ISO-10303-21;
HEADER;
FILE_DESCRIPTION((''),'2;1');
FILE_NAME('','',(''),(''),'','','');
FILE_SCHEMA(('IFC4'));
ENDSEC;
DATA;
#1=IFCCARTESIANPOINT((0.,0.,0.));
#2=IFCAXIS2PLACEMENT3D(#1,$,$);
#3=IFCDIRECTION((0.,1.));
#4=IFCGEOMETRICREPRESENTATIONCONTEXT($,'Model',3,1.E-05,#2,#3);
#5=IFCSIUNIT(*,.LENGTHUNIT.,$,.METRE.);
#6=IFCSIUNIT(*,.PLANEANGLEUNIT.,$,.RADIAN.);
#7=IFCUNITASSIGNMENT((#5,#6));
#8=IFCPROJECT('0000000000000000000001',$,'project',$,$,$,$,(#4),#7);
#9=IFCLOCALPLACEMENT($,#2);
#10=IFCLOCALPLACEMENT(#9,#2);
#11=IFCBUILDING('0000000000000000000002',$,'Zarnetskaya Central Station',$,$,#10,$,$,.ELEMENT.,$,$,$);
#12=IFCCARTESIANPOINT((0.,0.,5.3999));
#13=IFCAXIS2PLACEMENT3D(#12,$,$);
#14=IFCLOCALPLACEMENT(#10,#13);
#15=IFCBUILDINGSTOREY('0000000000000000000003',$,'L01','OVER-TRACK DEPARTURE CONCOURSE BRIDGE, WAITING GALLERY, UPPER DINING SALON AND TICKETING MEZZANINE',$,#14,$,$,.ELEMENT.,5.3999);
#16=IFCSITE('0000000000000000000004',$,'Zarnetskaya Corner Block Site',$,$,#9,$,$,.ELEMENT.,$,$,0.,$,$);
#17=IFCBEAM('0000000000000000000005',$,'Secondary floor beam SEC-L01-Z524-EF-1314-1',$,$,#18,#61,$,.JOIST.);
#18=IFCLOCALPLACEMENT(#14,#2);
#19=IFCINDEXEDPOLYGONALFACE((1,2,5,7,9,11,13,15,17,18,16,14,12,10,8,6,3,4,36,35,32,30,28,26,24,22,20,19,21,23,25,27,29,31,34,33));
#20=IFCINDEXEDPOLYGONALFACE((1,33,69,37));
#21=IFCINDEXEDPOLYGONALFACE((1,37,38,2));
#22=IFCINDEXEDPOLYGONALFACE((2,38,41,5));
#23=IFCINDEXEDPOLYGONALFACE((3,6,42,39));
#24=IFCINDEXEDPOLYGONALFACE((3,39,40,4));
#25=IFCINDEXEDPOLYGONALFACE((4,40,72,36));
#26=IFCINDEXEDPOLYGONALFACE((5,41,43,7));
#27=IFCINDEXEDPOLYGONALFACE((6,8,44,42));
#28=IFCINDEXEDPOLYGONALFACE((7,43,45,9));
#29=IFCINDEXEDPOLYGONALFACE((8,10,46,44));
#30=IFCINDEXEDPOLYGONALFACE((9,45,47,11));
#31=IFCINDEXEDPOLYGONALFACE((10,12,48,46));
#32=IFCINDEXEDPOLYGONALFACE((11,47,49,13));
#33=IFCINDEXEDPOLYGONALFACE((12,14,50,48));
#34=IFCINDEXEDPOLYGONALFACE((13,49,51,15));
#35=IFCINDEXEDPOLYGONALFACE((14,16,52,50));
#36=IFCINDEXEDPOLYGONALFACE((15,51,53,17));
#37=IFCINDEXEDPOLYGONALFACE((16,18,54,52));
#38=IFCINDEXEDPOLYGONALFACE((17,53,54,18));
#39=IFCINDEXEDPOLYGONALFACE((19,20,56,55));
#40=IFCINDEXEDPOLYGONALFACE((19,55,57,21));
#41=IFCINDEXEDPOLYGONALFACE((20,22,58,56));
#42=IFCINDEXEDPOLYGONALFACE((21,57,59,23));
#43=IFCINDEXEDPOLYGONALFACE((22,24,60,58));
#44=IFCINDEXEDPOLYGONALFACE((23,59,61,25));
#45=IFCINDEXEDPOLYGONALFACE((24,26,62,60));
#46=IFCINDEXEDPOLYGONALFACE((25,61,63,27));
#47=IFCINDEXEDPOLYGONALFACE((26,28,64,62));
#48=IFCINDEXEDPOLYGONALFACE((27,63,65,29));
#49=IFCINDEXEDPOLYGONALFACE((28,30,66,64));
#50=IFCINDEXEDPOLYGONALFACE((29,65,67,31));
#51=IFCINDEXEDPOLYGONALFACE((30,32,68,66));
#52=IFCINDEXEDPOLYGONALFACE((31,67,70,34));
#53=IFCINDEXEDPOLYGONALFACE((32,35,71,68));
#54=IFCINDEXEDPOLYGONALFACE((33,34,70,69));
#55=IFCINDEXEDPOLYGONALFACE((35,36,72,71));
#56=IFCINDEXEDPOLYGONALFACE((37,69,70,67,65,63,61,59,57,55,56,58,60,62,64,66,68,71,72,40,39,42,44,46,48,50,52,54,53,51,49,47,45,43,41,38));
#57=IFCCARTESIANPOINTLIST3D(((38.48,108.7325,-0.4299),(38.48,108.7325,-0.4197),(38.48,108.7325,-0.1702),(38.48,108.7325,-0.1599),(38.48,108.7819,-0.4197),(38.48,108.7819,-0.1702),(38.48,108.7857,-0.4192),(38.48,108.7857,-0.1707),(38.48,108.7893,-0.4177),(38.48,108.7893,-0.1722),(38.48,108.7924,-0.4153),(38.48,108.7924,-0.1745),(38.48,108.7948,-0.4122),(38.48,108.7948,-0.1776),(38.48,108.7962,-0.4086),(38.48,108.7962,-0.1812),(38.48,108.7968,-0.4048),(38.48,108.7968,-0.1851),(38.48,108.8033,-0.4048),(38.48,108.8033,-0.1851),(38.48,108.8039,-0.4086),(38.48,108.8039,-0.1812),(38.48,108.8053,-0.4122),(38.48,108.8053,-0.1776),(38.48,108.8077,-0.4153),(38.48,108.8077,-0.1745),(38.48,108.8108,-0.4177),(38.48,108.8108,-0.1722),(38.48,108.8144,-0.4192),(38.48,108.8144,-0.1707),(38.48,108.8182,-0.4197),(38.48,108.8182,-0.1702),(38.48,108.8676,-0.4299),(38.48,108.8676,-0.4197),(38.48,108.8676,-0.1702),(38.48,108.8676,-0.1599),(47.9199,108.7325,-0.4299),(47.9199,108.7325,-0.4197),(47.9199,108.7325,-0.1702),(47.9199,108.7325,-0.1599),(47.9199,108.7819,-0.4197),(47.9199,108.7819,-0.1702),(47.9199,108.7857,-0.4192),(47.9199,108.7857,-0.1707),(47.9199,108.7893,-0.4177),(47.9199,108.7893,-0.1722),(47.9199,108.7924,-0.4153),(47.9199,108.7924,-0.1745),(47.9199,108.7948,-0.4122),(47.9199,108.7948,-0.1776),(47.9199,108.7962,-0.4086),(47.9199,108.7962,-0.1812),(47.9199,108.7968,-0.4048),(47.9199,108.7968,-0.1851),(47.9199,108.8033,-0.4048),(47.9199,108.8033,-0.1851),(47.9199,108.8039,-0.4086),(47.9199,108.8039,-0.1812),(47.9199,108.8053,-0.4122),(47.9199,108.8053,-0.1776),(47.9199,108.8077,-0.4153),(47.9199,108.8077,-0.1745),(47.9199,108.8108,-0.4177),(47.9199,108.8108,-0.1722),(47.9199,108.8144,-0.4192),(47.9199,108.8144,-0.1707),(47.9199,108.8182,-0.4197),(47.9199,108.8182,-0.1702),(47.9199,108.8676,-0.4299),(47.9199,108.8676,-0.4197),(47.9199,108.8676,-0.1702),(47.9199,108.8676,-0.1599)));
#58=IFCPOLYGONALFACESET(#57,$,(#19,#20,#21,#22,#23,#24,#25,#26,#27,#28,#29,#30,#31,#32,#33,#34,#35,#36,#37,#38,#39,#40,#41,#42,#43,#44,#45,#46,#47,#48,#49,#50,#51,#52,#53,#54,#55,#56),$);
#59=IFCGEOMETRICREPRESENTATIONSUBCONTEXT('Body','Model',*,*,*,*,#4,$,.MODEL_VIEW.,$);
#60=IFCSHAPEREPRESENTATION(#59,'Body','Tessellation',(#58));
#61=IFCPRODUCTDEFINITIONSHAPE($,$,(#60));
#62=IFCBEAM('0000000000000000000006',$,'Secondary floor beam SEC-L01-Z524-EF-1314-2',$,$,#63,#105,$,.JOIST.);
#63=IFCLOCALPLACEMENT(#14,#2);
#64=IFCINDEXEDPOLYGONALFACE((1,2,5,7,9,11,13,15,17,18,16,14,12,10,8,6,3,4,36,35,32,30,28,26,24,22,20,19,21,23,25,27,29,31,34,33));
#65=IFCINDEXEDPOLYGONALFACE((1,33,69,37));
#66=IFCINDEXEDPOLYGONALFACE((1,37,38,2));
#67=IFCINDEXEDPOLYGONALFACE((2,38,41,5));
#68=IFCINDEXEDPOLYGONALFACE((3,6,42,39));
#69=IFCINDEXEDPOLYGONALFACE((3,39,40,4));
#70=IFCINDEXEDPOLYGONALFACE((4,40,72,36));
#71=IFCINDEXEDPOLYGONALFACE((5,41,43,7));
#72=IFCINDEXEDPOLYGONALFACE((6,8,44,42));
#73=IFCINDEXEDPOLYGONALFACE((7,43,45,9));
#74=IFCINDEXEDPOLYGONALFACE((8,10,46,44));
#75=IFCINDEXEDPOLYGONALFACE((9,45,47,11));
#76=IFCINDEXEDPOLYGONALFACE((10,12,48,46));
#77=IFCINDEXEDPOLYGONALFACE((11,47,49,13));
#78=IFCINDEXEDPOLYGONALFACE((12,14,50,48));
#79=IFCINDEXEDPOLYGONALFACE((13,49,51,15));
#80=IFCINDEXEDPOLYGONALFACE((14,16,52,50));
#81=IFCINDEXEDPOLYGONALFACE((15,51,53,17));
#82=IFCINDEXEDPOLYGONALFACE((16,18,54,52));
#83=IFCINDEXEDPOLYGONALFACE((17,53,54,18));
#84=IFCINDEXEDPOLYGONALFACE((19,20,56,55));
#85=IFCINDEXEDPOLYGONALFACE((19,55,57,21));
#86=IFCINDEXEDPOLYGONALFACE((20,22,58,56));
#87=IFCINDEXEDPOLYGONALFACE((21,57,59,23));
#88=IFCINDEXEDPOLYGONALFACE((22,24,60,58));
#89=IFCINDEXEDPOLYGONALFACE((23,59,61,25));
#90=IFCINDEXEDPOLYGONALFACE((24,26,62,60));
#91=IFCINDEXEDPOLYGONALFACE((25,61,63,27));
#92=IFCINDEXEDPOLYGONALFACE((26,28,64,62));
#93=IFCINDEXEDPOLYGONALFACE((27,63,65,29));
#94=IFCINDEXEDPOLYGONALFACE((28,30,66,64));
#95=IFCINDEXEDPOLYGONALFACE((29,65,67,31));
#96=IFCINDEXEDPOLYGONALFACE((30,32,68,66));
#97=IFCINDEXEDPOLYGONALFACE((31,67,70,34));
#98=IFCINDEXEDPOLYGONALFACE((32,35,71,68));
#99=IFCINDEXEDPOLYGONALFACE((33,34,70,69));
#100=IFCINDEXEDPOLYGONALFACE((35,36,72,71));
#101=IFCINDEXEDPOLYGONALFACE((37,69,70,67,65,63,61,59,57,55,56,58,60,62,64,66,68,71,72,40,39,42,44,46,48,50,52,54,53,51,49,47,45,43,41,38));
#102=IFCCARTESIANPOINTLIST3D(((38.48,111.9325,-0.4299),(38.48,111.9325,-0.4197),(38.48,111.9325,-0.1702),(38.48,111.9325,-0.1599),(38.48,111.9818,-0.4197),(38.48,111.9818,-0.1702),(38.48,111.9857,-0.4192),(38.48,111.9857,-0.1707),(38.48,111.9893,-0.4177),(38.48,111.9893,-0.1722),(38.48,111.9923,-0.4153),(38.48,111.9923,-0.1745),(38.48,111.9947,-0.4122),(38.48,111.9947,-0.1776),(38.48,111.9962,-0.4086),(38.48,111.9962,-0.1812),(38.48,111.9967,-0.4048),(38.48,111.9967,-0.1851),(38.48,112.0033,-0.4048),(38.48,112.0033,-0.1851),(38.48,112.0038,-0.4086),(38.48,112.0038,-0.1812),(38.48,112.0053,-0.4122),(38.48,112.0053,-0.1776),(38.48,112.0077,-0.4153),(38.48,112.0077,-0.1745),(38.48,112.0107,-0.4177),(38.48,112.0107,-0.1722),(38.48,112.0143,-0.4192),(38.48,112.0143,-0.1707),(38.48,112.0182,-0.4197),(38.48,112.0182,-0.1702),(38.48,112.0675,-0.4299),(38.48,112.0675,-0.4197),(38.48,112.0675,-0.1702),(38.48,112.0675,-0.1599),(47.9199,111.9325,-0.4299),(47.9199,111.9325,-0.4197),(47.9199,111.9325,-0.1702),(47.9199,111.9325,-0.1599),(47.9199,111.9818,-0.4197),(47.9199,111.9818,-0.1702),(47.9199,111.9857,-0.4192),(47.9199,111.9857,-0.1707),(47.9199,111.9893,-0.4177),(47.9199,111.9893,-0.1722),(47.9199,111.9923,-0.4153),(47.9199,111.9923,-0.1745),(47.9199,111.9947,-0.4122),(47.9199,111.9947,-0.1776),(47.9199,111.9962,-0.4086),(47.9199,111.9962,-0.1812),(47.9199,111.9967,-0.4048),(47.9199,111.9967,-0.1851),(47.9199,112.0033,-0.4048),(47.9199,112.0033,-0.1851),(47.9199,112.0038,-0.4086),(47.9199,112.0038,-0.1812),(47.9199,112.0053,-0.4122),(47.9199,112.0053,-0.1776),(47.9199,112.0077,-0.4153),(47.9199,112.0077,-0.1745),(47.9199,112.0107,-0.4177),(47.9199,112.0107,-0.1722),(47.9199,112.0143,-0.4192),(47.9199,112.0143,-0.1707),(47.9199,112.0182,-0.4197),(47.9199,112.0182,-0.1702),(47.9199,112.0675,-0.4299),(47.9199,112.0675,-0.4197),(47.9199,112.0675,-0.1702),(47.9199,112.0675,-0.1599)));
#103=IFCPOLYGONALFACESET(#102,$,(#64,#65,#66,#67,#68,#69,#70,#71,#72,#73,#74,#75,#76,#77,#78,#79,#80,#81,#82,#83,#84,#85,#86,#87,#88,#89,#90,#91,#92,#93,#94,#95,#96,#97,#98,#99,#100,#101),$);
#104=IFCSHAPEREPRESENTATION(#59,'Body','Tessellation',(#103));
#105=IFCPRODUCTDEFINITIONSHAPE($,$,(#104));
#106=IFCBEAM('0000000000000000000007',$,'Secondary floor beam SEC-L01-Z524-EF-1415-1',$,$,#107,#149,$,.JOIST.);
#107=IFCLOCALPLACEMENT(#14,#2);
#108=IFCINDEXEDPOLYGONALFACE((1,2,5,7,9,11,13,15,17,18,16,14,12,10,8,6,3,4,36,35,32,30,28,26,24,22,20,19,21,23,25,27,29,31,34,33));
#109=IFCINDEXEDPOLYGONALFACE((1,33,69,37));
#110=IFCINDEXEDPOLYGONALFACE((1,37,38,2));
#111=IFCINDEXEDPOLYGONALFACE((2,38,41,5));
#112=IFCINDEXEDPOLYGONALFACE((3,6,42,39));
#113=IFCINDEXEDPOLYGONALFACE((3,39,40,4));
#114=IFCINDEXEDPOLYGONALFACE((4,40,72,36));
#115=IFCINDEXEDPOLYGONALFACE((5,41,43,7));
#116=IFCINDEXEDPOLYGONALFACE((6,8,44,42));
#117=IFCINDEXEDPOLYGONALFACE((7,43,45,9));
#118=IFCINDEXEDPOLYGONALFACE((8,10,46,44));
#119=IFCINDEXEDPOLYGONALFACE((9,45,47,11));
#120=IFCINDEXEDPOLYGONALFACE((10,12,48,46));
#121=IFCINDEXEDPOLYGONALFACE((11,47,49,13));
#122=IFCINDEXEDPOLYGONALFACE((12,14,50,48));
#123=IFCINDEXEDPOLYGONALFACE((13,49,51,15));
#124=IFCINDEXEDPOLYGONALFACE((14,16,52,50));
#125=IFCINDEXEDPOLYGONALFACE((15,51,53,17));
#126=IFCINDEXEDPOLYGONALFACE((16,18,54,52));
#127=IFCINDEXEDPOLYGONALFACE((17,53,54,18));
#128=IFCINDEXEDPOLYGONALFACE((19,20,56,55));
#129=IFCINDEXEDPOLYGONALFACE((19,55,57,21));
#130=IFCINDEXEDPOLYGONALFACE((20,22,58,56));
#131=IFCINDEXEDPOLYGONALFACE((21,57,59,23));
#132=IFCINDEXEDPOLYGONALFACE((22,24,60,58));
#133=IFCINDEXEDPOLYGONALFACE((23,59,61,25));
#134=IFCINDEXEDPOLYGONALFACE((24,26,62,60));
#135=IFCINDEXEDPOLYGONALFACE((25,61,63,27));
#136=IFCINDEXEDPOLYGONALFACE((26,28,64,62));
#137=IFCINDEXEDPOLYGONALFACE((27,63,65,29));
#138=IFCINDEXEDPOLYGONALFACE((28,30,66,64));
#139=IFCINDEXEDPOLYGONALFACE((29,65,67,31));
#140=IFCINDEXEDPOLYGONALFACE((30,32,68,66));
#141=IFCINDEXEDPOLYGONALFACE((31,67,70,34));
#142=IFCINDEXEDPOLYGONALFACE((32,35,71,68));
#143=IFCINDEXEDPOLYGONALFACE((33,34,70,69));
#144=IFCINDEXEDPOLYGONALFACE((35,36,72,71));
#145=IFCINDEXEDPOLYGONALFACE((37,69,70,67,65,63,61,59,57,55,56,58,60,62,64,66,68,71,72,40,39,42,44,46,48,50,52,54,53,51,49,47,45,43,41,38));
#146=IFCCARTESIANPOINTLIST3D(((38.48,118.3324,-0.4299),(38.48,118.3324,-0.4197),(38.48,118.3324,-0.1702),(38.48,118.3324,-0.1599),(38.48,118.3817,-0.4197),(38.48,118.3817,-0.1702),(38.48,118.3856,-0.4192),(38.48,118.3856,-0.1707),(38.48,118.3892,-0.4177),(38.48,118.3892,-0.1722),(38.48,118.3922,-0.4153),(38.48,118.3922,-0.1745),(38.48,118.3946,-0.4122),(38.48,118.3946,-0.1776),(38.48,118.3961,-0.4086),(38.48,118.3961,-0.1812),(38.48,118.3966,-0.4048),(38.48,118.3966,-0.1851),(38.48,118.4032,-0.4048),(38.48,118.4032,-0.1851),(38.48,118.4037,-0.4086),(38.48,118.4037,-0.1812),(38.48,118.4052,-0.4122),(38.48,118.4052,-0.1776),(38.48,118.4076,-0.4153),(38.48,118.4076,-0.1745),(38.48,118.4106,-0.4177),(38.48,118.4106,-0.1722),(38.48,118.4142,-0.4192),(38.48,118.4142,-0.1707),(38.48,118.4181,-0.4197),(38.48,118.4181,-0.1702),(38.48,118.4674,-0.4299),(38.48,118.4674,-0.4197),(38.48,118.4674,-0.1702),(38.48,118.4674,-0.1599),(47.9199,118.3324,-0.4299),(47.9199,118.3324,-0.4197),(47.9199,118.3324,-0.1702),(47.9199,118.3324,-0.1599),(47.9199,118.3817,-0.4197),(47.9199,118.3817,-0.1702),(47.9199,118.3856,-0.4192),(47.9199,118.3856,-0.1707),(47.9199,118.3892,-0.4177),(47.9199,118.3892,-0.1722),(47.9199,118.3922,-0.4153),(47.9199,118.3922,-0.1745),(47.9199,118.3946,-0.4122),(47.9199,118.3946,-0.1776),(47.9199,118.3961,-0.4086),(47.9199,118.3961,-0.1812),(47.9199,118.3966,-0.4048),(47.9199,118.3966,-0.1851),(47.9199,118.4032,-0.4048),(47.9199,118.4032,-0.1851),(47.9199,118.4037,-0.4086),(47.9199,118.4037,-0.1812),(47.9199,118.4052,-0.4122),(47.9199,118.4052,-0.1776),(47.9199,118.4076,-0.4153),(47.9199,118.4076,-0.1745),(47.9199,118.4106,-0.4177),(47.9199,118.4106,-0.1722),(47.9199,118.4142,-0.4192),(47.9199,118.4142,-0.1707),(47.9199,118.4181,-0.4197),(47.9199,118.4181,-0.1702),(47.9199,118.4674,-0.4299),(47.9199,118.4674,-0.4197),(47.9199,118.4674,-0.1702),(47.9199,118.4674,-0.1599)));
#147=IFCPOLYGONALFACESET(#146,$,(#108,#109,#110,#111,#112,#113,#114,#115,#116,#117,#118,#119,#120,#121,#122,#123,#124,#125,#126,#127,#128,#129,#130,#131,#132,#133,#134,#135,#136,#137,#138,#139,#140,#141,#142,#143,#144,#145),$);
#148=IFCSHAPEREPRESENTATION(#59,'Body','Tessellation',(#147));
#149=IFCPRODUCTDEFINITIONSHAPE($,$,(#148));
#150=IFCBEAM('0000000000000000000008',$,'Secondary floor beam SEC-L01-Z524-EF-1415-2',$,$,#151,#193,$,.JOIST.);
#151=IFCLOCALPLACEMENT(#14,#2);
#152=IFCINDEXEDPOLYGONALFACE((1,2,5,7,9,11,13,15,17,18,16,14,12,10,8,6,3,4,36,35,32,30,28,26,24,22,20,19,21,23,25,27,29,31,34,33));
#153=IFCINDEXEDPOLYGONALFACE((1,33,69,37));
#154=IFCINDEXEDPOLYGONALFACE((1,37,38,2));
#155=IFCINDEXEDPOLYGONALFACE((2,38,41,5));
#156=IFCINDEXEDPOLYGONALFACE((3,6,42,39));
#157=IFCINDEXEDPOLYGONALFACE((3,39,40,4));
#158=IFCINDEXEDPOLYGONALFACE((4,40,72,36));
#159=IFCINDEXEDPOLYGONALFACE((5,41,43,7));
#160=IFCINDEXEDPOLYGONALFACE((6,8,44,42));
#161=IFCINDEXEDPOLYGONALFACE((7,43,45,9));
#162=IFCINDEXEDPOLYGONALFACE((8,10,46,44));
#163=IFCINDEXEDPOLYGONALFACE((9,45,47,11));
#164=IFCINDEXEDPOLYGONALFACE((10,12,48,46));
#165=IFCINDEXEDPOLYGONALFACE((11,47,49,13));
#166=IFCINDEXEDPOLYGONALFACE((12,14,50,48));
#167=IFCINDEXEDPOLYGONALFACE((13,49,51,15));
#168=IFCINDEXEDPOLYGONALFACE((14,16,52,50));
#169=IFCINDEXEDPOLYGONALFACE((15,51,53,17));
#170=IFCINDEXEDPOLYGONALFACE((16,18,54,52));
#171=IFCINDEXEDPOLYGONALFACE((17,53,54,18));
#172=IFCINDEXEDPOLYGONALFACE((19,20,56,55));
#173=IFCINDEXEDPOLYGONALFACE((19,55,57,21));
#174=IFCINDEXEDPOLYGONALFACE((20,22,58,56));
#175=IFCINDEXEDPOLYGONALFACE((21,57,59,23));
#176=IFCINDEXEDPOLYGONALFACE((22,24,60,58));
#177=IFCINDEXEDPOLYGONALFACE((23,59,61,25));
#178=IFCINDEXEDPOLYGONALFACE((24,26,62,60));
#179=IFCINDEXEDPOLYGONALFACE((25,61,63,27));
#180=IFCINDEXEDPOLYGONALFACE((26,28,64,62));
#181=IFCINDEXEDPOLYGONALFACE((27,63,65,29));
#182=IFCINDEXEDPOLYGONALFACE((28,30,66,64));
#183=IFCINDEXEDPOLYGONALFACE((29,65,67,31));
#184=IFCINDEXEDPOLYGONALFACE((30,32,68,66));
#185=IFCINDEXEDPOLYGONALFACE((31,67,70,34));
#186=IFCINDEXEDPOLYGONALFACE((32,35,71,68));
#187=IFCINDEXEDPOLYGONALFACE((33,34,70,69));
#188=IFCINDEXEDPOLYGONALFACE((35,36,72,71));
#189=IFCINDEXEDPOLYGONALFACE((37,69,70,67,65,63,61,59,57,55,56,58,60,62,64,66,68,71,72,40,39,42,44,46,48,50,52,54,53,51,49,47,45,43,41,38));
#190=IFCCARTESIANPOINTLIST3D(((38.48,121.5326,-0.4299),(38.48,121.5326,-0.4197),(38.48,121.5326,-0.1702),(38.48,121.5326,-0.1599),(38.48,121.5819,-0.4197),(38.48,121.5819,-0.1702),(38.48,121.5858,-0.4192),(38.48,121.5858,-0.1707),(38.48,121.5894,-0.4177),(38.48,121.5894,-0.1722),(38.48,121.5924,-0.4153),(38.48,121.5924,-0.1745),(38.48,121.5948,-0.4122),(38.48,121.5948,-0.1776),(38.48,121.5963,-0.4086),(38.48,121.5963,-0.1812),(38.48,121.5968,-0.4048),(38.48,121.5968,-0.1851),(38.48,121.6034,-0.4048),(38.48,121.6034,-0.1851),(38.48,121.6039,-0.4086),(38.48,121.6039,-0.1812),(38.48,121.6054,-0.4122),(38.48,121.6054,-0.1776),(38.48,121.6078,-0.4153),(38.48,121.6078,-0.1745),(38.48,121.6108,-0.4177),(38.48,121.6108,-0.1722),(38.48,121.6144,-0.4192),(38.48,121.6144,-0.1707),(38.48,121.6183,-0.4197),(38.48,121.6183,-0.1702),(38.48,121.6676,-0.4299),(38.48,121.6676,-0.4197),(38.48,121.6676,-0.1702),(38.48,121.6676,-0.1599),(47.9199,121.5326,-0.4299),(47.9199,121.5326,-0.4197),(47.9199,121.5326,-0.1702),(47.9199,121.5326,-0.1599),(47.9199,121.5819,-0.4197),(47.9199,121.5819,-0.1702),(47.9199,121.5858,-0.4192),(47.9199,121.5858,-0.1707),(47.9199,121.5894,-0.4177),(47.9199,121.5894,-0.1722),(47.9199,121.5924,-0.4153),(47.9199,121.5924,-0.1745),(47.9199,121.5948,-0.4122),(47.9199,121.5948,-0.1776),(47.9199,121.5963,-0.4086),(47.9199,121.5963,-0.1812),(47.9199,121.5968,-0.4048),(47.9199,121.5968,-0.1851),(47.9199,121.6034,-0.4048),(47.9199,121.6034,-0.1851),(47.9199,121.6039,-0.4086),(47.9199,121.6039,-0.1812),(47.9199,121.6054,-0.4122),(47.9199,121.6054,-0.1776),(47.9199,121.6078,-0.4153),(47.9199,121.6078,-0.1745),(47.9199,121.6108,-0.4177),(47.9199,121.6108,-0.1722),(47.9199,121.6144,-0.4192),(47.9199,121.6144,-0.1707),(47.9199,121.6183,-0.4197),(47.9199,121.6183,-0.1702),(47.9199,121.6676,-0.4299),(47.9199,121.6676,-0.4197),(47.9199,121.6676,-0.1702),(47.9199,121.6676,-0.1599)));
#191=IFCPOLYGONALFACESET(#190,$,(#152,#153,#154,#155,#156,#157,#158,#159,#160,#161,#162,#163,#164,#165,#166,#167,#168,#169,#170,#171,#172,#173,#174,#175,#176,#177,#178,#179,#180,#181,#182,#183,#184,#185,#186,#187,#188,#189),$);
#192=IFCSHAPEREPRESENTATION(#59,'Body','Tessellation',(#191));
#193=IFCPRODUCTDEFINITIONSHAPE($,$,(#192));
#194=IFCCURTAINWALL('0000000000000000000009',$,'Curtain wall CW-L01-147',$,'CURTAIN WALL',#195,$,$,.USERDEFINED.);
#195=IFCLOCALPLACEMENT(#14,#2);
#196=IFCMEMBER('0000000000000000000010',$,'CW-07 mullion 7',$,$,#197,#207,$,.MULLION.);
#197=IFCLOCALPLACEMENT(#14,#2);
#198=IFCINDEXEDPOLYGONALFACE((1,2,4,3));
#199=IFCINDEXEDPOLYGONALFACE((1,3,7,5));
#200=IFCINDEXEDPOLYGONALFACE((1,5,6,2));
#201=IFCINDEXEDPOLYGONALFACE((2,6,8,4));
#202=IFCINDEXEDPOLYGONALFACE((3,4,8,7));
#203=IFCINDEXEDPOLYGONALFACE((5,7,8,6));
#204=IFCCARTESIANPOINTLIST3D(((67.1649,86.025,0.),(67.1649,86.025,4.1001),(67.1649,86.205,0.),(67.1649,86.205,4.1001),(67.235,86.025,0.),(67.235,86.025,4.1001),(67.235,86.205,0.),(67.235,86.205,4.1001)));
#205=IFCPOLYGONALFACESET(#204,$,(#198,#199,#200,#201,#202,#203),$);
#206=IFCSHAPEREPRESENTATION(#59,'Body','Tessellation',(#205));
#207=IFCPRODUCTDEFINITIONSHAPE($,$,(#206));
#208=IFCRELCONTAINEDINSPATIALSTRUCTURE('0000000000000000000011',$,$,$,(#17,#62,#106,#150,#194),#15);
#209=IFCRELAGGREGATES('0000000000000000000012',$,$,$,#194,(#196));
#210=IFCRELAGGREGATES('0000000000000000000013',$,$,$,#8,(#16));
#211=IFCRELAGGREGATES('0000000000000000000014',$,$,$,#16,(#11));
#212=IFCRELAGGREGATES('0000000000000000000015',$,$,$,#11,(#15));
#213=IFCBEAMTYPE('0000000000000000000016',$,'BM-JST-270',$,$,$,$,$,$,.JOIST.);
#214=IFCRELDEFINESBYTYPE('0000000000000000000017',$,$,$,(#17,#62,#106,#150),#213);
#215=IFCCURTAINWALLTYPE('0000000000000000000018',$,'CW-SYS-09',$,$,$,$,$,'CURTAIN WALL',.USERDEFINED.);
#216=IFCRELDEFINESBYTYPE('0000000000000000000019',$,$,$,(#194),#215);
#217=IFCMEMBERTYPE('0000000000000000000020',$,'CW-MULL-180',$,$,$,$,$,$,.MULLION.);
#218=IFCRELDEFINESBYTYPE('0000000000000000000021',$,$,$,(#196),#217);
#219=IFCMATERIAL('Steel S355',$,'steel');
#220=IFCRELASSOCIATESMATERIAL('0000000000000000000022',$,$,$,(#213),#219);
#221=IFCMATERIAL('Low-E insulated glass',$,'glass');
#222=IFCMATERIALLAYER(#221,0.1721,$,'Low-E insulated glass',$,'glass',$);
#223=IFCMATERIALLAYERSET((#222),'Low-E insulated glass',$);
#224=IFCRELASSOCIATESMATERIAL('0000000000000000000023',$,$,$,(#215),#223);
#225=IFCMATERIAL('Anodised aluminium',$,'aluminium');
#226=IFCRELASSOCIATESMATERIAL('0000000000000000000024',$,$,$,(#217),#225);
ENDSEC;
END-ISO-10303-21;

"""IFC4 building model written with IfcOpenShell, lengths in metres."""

from ifc_helpers import new_model, si_unit, direction, frame, origin, origin_2d, place, context, subcontext, project, spatial, rectangle, i_section, extrude, material, layer, layer_set, material_profile, profile_set, type_object, element, aggregate, save


model = new_model("IFC4")

# Units and contexts
model_context = context("Model", 3, precision=1e-05, world=origin(), true_north=direction((0.0, 1.0)))
body_context = subcontext(model_context, "Body", "Model", "MODEL_VIEW")
ifc_project = project(units=[si_unit("LENGTHUNIT", "METRE"), si_unit("PLANEANGLEUNIT", "RADIAN")], contexts=[model_context])

# Site, building, storey
site_placement = place(None, origin())
site = spatial("IfcSite", under=ifc_project, at=site_placement, Name="Zarnetskaya Corner Block Site", CompositionType="ELEMENT", RefElevation=0.0)
building_placement = place(site_placement, origin())
building = spatial("IfcBuilding", under=site, at=building_placement, Name="Zarnetskaya Central Station", CompositionType="ELEMENT")
storey_placement = place(building_placement, frame((0.0, 0.0, 5.3999)))
storey = spatial("IfcBuildingStorey", under=building, at=storey_placement, Name="L01", Description="OVER-TRACK DEPARTURE CONCOURSE BRIDGE, WAITING GALLERY, UPPER DINING SALON AND TICKETING MEZZANINE", CompositionType="ELEMENT", Elevation=5.3999)

# Shared definitions
ifc_material_1 = material(Name="Steel S355", Category="steel")

# Beams
ifc_material_profile_1 = material_profile(ifc_material_1, i_section(OverallWidth=0.135, OverallDepth=0.27, WebThickness=0.0066, FlangeThickness=0.0103, FilletRadius=0.0149, at=origin_2d()), Name="IPE 270")
ifc_profile_set_1 = profile_set([ifc_material_profile_1], Name="Steel S355")
beam_type_1 = type_object("IfcBeamType", Name="BM-JST-270", PredefinedType="JOIST", material=ifc_profile_set_1)
for number, where, z_axis, x_axis, name in (
    (1, (38.48, 108.8, -0.2949), (1.0, 0.0, 0.0), (0.0, 1.0, 0.0), "Secondary floor beam SEC-L01-Z524-EF-1314-1"),
    (2, (38.48, 112.0, -0.2949), (1.0, 0.0, 0.0), (0.0, 1.0, 0.0), "Secondary floor beam SEC-L01-Z524-EF-1314-2"),
    (3, (38.48, 118.3999, -0.2949), (1.0, 0.0, 0.0), (0.0, 1.0, 0.0), "Secondary floor beam SEC-L01-Z524-EF-1415-1"),
    (4, (38.48, 121.6001, -0.2949), (1.0, 0.0, 0.0), (0.0, 1.0, 0.0), "Secondary floor beam SEC-L01-Z524-EF-1415-2"),
):
    element("IfcBeam", number, at=place(storey_placement, frame(where, z_axis=z_axis, x_axis=x_axis)), inside=storey, type_object=beam_type_1, Name=name, PredefinedType="JOIST", context=body_context, shape_type="SweptSolid", body=[
        extrude(i_section(OverallWidth=0.135, OverallDepth=0.27, WebThickness=0.0066, FlangeThickness=0.0103, FilletRadius=0.0149, at=origin_2d()), origin(), (0.0, 0.0, 1.0), 9.4399),
    ])

# Curtain wall, member
ifc_material_2 = material(Name="Low-E insulated glass", Category="glass")
ifc_layer_1 = layer(ifc_material_2, 0.1721, Name="Low-E insulated glass", Category="glass")
ifc_layer_set_1 = layer_set([ifc_layer_1], Name="Low-E insulated glass")
curtain_wall_type = type_object("IfcCurtainWallType", Name="CW-SYS-09", ElementType="CURTAIN WALL", PredefinedType="USERDEFINED", material=ifc_layer_set_1)
curtain_wall_placement = place(storey_placement, origin())
curtain_wall = element("IfcCurtainWall", 5, at=curtain_wall_placement, inside=storey, type_object=curtain_wall_type, Name="Curtain wall CW-L01-147", ObjectType="CURTAIN WALL", PredefinedType="USERDEFINED")
ifc_material_3 = material(Name="Anodised aluminium", Category="aluminium")
ifc_material_profile_2 = material_profile(ifc_material_3, rectangle(XDim=0.0701, YDim=0.1799, at=origin_2d()), Name="ALU MULL 70x180")
ifc_profile_set_2 = profile_set([ifc_material_profile_2], Name="Anodised aluminium")
member_type_1 = type_object("IfcMemberType", Name="CW-MULL-180", PredefinedType="MULLION", material=ifc_profile_set_2)
member_1_placement = place(storey_placement, frame((67.2, 86.115, 0.0), z_axis=(0.0, 0.0, 1.0), x_axis=(-1.0, 0.0, 0.0)))
member_1 = element("IfcMember", 6, at=member_1_placement, type_object=member_type_1, Name="CW-07 mullion 7", PredefinedType="MULLION", context=body_context, shape_type="SweptSolid", body=[
    extrude(rectangle(XDim=0.0701, YDim=0.1799, at=origin_2d()), origin(), (0.0, 0.0, 1.0), 4.1001),
])

aggregate(curtain_wall, [member_1])

save(model, "model.ifc")
